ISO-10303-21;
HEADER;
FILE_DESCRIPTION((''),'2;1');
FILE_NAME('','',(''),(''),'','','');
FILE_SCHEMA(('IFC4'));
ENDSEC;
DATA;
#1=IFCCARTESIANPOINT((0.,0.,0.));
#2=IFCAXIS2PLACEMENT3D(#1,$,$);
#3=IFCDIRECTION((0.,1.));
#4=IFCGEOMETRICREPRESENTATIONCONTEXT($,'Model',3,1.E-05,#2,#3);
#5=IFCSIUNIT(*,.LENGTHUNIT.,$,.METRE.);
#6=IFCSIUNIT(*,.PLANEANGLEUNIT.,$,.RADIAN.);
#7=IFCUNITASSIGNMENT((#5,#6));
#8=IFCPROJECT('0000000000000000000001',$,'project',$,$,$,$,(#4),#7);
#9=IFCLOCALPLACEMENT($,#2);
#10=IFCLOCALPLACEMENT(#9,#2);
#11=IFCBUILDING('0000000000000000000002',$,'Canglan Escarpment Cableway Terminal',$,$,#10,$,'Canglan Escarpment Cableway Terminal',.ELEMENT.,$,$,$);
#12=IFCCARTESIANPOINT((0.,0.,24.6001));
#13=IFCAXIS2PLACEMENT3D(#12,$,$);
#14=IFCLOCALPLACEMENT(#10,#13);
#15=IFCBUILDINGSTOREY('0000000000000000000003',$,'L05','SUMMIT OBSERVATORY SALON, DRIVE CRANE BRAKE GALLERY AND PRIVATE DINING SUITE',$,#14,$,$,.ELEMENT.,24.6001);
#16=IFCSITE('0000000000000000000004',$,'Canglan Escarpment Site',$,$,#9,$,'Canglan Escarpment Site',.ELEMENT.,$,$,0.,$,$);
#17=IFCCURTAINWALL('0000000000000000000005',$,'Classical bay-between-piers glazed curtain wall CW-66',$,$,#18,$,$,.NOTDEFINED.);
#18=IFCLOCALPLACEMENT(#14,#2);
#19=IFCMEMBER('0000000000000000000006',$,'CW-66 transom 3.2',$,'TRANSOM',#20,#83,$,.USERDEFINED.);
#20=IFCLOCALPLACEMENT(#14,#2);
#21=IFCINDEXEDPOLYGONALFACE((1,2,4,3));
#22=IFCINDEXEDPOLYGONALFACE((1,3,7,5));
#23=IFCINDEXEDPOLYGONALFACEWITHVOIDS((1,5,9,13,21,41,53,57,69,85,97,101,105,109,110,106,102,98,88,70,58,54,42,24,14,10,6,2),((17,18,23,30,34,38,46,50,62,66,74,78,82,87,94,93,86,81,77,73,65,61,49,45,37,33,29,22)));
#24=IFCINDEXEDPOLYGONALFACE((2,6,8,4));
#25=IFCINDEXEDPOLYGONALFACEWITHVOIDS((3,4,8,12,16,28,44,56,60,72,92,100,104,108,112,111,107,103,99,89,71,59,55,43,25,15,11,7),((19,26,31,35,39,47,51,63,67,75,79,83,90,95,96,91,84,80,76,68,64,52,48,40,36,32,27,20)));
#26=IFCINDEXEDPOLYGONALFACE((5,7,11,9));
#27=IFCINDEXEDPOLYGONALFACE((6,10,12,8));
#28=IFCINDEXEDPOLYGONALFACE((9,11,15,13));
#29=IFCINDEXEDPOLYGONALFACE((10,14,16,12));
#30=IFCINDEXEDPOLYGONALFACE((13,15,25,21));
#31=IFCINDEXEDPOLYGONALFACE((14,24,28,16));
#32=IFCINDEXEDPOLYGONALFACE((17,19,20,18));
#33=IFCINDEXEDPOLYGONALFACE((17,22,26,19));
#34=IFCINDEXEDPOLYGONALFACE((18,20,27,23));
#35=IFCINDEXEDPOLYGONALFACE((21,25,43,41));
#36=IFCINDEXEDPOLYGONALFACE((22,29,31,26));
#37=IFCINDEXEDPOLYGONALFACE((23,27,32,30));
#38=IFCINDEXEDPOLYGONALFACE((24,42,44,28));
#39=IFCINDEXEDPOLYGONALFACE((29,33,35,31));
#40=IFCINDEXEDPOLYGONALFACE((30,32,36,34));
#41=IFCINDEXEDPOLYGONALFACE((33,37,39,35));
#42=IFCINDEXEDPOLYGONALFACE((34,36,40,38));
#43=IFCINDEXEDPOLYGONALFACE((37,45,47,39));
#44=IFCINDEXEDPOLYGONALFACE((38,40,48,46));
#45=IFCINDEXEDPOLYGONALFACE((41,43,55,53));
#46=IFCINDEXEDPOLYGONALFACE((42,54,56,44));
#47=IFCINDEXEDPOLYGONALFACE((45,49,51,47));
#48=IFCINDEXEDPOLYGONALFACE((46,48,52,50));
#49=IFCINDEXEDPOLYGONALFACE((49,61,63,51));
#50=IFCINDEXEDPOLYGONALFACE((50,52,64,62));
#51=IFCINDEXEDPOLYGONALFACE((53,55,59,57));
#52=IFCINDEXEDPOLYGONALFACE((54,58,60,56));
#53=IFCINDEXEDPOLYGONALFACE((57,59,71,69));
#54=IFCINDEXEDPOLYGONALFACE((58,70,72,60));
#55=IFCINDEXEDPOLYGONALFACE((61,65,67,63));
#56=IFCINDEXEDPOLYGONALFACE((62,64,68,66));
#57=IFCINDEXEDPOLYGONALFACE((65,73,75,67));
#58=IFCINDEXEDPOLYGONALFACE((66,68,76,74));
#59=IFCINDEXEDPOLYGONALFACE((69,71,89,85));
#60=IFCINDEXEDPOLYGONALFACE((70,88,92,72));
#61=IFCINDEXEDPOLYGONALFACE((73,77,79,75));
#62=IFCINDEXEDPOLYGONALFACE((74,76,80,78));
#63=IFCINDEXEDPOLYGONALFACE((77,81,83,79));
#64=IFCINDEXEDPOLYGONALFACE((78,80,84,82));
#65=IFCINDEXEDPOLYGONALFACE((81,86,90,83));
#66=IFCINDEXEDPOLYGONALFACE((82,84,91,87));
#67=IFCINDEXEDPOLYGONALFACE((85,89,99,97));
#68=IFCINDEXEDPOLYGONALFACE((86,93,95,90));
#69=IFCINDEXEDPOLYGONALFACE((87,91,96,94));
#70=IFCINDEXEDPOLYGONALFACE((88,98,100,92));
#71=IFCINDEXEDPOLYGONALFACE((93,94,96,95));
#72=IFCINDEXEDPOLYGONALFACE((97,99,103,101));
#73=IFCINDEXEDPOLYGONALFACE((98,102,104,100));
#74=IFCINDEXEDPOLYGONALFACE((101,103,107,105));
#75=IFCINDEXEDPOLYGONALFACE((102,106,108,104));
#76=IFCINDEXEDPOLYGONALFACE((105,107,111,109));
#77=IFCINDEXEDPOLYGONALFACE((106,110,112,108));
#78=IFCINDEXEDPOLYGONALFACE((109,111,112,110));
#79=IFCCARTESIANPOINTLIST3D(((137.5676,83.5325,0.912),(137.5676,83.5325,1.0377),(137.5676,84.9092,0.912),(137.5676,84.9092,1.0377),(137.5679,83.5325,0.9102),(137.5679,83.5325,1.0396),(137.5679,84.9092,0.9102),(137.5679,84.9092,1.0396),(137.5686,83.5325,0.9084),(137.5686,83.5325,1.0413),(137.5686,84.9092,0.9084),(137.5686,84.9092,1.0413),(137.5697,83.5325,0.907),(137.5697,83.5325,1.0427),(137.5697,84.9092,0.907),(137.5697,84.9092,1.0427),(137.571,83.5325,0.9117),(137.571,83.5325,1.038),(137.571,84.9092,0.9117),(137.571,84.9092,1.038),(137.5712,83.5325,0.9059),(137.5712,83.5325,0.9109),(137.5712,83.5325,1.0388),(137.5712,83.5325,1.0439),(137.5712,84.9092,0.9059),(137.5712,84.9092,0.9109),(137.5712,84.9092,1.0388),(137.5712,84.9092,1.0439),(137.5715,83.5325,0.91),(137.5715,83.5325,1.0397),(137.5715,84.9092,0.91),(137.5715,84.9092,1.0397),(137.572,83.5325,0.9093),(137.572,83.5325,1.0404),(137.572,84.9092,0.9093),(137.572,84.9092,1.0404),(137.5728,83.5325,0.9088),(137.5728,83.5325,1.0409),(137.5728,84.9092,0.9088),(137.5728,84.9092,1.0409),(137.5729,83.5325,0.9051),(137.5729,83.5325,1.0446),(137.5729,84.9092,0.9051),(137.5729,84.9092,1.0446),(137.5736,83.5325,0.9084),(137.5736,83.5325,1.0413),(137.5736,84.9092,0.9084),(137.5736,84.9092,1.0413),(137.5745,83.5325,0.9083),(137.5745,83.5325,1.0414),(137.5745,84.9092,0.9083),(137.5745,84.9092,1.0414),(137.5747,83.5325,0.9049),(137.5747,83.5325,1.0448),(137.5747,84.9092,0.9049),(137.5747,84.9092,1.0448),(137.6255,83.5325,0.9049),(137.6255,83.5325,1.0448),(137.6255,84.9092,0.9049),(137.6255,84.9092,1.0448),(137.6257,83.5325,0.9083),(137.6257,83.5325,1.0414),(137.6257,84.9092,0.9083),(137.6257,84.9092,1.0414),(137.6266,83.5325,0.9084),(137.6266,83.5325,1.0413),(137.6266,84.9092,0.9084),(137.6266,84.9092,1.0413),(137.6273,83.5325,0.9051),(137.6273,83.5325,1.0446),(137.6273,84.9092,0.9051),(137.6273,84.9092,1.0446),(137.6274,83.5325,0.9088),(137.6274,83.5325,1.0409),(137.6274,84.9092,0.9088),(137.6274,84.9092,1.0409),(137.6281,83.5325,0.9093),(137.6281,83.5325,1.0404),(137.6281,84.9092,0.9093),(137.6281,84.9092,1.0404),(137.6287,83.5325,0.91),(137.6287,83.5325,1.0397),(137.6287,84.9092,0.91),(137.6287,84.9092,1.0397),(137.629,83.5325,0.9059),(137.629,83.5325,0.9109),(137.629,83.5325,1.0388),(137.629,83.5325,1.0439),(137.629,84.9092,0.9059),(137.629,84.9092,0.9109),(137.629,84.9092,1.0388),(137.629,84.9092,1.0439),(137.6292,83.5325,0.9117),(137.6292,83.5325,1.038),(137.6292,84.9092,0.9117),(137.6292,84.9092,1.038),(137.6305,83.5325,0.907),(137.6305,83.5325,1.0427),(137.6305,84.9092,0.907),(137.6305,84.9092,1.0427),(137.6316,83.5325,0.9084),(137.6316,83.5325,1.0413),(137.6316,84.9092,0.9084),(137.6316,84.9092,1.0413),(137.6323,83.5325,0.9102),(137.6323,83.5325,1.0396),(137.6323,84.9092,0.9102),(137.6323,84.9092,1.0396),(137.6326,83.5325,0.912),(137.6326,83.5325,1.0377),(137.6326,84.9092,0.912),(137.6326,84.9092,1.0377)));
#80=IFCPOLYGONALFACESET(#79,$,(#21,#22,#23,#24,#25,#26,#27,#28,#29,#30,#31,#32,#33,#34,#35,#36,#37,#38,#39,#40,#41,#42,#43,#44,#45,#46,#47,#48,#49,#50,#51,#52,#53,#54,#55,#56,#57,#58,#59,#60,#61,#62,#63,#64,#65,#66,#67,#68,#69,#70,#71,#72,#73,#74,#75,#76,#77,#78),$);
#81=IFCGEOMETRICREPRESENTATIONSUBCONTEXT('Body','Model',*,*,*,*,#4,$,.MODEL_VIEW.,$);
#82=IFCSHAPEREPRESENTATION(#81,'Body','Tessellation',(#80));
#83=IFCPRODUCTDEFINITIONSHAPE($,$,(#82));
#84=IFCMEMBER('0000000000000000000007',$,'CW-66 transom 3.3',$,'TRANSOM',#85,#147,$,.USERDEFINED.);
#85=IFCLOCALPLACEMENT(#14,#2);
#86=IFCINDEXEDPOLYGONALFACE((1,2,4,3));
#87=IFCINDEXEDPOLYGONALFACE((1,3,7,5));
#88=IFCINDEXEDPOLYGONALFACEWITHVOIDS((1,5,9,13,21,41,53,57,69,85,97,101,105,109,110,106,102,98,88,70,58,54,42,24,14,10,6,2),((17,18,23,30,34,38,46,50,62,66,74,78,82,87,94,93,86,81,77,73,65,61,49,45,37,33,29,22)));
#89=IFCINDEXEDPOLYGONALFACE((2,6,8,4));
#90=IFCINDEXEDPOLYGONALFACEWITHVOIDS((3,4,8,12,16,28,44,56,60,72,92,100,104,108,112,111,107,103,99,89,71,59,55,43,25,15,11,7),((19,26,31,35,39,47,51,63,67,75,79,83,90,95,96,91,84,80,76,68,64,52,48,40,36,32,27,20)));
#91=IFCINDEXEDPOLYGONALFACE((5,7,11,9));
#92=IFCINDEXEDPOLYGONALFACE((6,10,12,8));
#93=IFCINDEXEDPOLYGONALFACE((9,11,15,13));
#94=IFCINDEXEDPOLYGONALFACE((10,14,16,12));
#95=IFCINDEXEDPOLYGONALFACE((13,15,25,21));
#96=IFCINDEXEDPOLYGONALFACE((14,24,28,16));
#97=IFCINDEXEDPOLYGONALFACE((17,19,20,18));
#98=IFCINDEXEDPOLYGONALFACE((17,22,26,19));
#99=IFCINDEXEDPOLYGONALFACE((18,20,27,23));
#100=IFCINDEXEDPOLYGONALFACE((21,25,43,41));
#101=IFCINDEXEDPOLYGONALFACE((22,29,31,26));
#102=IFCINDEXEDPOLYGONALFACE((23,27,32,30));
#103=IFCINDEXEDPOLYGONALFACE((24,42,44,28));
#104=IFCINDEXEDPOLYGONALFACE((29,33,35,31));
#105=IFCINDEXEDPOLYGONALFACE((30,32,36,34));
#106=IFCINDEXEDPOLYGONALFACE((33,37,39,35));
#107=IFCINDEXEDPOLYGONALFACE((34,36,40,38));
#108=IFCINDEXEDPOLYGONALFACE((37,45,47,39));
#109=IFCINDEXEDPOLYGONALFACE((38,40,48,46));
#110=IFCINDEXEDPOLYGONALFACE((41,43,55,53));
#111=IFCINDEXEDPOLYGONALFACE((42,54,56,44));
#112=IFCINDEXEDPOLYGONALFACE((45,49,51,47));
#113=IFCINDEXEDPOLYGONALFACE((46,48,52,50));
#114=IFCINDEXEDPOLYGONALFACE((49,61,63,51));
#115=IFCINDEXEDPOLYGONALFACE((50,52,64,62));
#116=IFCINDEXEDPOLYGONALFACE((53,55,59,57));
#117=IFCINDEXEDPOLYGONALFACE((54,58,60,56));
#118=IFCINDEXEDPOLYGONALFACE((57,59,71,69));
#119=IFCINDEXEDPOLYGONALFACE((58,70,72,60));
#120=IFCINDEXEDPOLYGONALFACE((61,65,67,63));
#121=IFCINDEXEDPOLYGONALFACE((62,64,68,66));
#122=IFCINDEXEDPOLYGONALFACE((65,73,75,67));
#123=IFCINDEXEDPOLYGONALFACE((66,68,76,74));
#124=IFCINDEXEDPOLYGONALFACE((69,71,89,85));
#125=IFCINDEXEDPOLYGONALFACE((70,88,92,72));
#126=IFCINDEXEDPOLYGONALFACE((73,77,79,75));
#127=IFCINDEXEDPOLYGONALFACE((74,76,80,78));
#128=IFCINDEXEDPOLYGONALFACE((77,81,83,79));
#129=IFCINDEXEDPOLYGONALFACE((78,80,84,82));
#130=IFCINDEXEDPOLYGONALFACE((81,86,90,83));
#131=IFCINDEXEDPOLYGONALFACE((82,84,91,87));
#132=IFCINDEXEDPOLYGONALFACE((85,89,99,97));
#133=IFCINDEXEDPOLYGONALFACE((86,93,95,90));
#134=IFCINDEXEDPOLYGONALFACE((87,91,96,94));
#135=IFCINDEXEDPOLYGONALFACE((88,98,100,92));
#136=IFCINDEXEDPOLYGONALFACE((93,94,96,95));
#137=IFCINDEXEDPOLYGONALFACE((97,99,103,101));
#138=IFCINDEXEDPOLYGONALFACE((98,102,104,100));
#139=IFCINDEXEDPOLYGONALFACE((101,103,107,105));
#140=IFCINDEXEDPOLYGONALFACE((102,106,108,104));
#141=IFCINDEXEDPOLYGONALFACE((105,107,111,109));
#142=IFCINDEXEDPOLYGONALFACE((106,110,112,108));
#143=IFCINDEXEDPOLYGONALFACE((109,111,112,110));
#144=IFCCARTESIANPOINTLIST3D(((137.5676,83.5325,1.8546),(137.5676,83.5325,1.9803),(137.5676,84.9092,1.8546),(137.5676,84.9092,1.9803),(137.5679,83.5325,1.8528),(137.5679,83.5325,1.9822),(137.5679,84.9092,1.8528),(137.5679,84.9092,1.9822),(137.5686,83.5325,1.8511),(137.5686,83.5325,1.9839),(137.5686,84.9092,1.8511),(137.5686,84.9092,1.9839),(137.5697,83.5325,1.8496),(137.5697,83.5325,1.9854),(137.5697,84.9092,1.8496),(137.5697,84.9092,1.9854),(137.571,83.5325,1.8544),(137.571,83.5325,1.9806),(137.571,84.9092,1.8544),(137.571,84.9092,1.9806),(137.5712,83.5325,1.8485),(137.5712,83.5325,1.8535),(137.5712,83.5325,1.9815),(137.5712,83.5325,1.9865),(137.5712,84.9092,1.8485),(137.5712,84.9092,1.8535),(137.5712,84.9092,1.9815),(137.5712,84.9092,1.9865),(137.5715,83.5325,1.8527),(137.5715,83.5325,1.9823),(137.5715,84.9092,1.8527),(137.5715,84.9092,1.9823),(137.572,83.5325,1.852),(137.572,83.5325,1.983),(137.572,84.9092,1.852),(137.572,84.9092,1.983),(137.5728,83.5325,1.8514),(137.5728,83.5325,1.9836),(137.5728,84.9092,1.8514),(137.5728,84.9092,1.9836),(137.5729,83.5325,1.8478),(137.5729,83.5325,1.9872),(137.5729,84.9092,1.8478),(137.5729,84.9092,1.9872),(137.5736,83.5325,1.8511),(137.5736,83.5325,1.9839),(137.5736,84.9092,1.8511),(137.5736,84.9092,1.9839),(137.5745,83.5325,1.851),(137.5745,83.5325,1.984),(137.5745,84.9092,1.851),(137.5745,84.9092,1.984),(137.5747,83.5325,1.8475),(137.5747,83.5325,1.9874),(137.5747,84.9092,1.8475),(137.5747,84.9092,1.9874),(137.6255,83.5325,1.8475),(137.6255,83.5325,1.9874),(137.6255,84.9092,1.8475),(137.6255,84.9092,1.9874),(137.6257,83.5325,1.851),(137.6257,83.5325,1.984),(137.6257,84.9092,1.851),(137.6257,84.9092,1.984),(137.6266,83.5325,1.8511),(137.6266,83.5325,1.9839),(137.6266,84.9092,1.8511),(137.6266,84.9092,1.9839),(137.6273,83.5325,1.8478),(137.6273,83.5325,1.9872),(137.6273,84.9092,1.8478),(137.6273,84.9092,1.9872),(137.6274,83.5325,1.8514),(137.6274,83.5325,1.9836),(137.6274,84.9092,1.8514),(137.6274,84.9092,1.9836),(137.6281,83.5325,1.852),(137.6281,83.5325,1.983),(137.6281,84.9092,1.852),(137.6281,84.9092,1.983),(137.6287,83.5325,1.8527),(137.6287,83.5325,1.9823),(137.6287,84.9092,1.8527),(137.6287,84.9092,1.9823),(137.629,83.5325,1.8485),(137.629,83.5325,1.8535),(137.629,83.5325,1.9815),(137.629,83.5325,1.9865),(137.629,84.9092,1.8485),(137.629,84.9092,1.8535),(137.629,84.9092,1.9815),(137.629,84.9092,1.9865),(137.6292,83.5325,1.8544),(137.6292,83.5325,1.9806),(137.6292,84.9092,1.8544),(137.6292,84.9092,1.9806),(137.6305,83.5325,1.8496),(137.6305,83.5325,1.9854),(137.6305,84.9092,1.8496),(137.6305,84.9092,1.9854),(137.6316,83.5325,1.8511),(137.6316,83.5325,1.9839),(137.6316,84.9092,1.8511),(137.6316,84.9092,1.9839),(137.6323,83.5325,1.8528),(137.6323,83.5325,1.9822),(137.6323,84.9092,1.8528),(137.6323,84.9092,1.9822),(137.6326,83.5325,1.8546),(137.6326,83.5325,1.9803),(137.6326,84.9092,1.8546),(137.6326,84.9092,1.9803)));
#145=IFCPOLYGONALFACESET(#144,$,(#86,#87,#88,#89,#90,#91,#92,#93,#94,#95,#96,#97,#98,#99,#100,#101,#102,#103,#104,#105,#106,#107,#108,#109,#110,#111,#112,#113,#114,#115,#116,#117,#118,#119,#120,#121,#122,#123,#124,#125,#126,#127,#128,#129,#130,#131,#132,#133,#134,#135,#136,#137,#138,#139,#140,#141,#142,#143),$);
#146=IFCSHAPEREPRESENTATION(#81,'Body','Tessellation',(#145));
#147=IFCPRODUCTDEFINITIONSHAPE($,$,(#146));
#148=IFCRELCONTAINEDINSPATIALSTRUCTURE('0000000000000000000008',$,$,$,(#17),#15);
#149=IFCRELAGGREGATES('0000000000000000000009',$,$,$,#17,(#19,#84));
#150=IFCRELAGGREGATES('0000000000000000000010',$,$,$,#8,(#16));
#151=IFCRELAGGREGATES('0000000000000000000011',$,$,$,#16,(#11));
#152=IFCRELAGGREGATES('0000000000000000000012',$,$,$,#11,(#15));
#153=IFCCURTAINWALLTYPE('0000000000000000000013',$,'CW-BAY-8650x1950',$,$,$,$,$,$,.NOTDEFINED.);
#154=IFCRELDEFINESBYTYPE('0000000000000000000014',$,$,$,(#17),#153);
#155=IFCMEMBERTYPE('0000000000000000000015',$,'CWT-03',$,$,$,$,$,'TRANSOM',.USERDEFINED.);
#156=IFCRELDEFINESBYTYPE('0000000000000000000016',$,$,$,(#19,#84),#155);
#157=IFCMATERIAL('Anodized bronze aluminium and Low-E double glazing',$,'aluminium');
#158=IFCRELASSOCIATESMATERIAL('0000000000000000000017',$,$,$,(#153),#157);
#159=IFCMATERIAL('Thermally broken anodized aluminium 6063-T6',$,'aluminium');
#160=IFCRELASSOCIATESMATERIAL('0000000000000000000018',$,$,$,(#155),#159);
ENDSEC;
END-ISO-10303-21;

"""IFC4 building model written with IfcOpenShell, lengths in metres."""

from ifc_helpers import new_model, si_unit, direction, frame, origin, origin_2d, place, context, subcontext, project, spatial, hollow_rectangle, extrude, material, material_profile, profile_set, type_object, element, aggregate, save


model = new_model("IFC4")

# Units and contexts
model_context = context("Model", 3, precision=1e-05, world=origin(), true_north=direction((0.0, 1.0)))
body_context = subcontext(model_context, "Body", "Model", "MODEL_VIEW")
ifc_project = project(units=[si_unit("LENGTHUNIT", "METRE"), si_unit("PLANEANGLEUNIT", "RADIAN")], contexts=[model_context])

# Site, building, storey
site_placement = place(None, origin())
site = spatial("IfcSite", under=ifc_project, at=site_placement, Name="Canglan Escarpment Site", LongName="Canglan Escarpment Site", CompositionType="ELEMENT", RefElevation=0.0)
building_placement = place(site_placement, origin())
building = spatial("IfcBuilding", under=site, at=building_placement, Name="Canglan Escarpment Cableway Terminal", LongName="Canglan Escarpment Cableway Terminal", CompositionType="ELEMENT")
storey_placement = place(building_placement, frame((0.0, 0.0, 24.6001)))
storey = spatial("IfcBuildingStorey", under=building, at=storey_placement, Name="L05", Description="SUMMIT OBSERVATORY SALON, DRIVE CRANE BRAKE GALLERY AND PRIVATE DINING SUITE", CompositionType="ELEMENT", Elevation=24.6001)

# Curtain wall, members
ifc_material_1 = material(Name="Anodized bronze aluminium and Low-E double glazing", Category="aluminium")
curtain_wall_type = type_object("IfcCurtainWallType", Name="CW-BAY-8650x1950", PredefinedType="NOTDEFINED", material=ifc_material_1)
curtain_wall_placement = place(storey_placement, origin())
curtain_wall = element("IfcCurtainWall", 1, at=curtain_wall_placement, inside=storey, type_object=curtain_wall_type, Name="Classical bay-between-piers glazed curtain wall CW-66", PredefinedType="NOTDEFINED")
ifc_material_2 = material(Name="Thermally broken anodized aluminium 6063-T6", Category="aluminium")
ifc_material_profile_1 = material_profile(ifc_material_2, hollow_rectangle(XDim=0.0649, YDim=0.1399, WallThickness=0.0034, InnerFilletRadius=0.0034, OuterFilletRadius=0.0071, at=origin_2d()), Name="ALU-TRAN 65x140x3.5")
ifc_profile_set_1 = profile_set([ifc_material_profile_1], Name="Thermally broken anodized aluminium 6063-T6")
member_type_1 = type_object("IfcMemberType", Name="CWT-03", ElementType="TRANSOM", PredefinedType="USERDEFINED", material=ifc_profile_set_1)
member_1_placement = place(storey_placement, frame((137.6001, 84.9092, 0.9749), z_axis=(0.0, -1.0, 0.0), x_axis=(1.0, 0.0, 0.0)))
member_1 = element("IfcMember", 2, at=member_1_placement, type_object=member_type_1, Name="CW-66 transom 3.2", ObjectType="TRANSOM", PredefinedType="USERDEFINED", context=body_context, shape_type="SweptSolid", body=[
    extrude(hollow_rectangle(XDim=0.0649, YDim=0.1399, WallThickness=0.0034, InnerFilletRadius=0.0034, OuterFilletRadius=0.0071, at=origin_2d()), origin(), (0.0, 0.0, 1.0), 1.3767),
])
member_2_placement = place(storey_placement, frame((137.6001, 84.9092, 1.9175), z_axis=(0.0, -1.0, 0.0), x_axis=(1.0, 0.0, 0.0)))
member_2 = element("IfcMember", 3, at=member_2_placement, type_object=member_type_1, Name="CW-66 transom 3.3", ObjectType="TRANSOM", PredefinedType="USERDEFINED", context=body_context, shape_type="SweptSolid", body=[
    extrude(hollow_rectangle(XDim=0.0649, YDim=0.1399, WallThickness=0.0034, InnerFilletRadius=0.0034, OuterFilletRadius=0.0071, at=origin_2d()), origin(), (0.0, 0.0, 1.0), 1.3767),
])
aggregate(curtain_wall, [member_1, member_2])

save(model, "model.ifc")
